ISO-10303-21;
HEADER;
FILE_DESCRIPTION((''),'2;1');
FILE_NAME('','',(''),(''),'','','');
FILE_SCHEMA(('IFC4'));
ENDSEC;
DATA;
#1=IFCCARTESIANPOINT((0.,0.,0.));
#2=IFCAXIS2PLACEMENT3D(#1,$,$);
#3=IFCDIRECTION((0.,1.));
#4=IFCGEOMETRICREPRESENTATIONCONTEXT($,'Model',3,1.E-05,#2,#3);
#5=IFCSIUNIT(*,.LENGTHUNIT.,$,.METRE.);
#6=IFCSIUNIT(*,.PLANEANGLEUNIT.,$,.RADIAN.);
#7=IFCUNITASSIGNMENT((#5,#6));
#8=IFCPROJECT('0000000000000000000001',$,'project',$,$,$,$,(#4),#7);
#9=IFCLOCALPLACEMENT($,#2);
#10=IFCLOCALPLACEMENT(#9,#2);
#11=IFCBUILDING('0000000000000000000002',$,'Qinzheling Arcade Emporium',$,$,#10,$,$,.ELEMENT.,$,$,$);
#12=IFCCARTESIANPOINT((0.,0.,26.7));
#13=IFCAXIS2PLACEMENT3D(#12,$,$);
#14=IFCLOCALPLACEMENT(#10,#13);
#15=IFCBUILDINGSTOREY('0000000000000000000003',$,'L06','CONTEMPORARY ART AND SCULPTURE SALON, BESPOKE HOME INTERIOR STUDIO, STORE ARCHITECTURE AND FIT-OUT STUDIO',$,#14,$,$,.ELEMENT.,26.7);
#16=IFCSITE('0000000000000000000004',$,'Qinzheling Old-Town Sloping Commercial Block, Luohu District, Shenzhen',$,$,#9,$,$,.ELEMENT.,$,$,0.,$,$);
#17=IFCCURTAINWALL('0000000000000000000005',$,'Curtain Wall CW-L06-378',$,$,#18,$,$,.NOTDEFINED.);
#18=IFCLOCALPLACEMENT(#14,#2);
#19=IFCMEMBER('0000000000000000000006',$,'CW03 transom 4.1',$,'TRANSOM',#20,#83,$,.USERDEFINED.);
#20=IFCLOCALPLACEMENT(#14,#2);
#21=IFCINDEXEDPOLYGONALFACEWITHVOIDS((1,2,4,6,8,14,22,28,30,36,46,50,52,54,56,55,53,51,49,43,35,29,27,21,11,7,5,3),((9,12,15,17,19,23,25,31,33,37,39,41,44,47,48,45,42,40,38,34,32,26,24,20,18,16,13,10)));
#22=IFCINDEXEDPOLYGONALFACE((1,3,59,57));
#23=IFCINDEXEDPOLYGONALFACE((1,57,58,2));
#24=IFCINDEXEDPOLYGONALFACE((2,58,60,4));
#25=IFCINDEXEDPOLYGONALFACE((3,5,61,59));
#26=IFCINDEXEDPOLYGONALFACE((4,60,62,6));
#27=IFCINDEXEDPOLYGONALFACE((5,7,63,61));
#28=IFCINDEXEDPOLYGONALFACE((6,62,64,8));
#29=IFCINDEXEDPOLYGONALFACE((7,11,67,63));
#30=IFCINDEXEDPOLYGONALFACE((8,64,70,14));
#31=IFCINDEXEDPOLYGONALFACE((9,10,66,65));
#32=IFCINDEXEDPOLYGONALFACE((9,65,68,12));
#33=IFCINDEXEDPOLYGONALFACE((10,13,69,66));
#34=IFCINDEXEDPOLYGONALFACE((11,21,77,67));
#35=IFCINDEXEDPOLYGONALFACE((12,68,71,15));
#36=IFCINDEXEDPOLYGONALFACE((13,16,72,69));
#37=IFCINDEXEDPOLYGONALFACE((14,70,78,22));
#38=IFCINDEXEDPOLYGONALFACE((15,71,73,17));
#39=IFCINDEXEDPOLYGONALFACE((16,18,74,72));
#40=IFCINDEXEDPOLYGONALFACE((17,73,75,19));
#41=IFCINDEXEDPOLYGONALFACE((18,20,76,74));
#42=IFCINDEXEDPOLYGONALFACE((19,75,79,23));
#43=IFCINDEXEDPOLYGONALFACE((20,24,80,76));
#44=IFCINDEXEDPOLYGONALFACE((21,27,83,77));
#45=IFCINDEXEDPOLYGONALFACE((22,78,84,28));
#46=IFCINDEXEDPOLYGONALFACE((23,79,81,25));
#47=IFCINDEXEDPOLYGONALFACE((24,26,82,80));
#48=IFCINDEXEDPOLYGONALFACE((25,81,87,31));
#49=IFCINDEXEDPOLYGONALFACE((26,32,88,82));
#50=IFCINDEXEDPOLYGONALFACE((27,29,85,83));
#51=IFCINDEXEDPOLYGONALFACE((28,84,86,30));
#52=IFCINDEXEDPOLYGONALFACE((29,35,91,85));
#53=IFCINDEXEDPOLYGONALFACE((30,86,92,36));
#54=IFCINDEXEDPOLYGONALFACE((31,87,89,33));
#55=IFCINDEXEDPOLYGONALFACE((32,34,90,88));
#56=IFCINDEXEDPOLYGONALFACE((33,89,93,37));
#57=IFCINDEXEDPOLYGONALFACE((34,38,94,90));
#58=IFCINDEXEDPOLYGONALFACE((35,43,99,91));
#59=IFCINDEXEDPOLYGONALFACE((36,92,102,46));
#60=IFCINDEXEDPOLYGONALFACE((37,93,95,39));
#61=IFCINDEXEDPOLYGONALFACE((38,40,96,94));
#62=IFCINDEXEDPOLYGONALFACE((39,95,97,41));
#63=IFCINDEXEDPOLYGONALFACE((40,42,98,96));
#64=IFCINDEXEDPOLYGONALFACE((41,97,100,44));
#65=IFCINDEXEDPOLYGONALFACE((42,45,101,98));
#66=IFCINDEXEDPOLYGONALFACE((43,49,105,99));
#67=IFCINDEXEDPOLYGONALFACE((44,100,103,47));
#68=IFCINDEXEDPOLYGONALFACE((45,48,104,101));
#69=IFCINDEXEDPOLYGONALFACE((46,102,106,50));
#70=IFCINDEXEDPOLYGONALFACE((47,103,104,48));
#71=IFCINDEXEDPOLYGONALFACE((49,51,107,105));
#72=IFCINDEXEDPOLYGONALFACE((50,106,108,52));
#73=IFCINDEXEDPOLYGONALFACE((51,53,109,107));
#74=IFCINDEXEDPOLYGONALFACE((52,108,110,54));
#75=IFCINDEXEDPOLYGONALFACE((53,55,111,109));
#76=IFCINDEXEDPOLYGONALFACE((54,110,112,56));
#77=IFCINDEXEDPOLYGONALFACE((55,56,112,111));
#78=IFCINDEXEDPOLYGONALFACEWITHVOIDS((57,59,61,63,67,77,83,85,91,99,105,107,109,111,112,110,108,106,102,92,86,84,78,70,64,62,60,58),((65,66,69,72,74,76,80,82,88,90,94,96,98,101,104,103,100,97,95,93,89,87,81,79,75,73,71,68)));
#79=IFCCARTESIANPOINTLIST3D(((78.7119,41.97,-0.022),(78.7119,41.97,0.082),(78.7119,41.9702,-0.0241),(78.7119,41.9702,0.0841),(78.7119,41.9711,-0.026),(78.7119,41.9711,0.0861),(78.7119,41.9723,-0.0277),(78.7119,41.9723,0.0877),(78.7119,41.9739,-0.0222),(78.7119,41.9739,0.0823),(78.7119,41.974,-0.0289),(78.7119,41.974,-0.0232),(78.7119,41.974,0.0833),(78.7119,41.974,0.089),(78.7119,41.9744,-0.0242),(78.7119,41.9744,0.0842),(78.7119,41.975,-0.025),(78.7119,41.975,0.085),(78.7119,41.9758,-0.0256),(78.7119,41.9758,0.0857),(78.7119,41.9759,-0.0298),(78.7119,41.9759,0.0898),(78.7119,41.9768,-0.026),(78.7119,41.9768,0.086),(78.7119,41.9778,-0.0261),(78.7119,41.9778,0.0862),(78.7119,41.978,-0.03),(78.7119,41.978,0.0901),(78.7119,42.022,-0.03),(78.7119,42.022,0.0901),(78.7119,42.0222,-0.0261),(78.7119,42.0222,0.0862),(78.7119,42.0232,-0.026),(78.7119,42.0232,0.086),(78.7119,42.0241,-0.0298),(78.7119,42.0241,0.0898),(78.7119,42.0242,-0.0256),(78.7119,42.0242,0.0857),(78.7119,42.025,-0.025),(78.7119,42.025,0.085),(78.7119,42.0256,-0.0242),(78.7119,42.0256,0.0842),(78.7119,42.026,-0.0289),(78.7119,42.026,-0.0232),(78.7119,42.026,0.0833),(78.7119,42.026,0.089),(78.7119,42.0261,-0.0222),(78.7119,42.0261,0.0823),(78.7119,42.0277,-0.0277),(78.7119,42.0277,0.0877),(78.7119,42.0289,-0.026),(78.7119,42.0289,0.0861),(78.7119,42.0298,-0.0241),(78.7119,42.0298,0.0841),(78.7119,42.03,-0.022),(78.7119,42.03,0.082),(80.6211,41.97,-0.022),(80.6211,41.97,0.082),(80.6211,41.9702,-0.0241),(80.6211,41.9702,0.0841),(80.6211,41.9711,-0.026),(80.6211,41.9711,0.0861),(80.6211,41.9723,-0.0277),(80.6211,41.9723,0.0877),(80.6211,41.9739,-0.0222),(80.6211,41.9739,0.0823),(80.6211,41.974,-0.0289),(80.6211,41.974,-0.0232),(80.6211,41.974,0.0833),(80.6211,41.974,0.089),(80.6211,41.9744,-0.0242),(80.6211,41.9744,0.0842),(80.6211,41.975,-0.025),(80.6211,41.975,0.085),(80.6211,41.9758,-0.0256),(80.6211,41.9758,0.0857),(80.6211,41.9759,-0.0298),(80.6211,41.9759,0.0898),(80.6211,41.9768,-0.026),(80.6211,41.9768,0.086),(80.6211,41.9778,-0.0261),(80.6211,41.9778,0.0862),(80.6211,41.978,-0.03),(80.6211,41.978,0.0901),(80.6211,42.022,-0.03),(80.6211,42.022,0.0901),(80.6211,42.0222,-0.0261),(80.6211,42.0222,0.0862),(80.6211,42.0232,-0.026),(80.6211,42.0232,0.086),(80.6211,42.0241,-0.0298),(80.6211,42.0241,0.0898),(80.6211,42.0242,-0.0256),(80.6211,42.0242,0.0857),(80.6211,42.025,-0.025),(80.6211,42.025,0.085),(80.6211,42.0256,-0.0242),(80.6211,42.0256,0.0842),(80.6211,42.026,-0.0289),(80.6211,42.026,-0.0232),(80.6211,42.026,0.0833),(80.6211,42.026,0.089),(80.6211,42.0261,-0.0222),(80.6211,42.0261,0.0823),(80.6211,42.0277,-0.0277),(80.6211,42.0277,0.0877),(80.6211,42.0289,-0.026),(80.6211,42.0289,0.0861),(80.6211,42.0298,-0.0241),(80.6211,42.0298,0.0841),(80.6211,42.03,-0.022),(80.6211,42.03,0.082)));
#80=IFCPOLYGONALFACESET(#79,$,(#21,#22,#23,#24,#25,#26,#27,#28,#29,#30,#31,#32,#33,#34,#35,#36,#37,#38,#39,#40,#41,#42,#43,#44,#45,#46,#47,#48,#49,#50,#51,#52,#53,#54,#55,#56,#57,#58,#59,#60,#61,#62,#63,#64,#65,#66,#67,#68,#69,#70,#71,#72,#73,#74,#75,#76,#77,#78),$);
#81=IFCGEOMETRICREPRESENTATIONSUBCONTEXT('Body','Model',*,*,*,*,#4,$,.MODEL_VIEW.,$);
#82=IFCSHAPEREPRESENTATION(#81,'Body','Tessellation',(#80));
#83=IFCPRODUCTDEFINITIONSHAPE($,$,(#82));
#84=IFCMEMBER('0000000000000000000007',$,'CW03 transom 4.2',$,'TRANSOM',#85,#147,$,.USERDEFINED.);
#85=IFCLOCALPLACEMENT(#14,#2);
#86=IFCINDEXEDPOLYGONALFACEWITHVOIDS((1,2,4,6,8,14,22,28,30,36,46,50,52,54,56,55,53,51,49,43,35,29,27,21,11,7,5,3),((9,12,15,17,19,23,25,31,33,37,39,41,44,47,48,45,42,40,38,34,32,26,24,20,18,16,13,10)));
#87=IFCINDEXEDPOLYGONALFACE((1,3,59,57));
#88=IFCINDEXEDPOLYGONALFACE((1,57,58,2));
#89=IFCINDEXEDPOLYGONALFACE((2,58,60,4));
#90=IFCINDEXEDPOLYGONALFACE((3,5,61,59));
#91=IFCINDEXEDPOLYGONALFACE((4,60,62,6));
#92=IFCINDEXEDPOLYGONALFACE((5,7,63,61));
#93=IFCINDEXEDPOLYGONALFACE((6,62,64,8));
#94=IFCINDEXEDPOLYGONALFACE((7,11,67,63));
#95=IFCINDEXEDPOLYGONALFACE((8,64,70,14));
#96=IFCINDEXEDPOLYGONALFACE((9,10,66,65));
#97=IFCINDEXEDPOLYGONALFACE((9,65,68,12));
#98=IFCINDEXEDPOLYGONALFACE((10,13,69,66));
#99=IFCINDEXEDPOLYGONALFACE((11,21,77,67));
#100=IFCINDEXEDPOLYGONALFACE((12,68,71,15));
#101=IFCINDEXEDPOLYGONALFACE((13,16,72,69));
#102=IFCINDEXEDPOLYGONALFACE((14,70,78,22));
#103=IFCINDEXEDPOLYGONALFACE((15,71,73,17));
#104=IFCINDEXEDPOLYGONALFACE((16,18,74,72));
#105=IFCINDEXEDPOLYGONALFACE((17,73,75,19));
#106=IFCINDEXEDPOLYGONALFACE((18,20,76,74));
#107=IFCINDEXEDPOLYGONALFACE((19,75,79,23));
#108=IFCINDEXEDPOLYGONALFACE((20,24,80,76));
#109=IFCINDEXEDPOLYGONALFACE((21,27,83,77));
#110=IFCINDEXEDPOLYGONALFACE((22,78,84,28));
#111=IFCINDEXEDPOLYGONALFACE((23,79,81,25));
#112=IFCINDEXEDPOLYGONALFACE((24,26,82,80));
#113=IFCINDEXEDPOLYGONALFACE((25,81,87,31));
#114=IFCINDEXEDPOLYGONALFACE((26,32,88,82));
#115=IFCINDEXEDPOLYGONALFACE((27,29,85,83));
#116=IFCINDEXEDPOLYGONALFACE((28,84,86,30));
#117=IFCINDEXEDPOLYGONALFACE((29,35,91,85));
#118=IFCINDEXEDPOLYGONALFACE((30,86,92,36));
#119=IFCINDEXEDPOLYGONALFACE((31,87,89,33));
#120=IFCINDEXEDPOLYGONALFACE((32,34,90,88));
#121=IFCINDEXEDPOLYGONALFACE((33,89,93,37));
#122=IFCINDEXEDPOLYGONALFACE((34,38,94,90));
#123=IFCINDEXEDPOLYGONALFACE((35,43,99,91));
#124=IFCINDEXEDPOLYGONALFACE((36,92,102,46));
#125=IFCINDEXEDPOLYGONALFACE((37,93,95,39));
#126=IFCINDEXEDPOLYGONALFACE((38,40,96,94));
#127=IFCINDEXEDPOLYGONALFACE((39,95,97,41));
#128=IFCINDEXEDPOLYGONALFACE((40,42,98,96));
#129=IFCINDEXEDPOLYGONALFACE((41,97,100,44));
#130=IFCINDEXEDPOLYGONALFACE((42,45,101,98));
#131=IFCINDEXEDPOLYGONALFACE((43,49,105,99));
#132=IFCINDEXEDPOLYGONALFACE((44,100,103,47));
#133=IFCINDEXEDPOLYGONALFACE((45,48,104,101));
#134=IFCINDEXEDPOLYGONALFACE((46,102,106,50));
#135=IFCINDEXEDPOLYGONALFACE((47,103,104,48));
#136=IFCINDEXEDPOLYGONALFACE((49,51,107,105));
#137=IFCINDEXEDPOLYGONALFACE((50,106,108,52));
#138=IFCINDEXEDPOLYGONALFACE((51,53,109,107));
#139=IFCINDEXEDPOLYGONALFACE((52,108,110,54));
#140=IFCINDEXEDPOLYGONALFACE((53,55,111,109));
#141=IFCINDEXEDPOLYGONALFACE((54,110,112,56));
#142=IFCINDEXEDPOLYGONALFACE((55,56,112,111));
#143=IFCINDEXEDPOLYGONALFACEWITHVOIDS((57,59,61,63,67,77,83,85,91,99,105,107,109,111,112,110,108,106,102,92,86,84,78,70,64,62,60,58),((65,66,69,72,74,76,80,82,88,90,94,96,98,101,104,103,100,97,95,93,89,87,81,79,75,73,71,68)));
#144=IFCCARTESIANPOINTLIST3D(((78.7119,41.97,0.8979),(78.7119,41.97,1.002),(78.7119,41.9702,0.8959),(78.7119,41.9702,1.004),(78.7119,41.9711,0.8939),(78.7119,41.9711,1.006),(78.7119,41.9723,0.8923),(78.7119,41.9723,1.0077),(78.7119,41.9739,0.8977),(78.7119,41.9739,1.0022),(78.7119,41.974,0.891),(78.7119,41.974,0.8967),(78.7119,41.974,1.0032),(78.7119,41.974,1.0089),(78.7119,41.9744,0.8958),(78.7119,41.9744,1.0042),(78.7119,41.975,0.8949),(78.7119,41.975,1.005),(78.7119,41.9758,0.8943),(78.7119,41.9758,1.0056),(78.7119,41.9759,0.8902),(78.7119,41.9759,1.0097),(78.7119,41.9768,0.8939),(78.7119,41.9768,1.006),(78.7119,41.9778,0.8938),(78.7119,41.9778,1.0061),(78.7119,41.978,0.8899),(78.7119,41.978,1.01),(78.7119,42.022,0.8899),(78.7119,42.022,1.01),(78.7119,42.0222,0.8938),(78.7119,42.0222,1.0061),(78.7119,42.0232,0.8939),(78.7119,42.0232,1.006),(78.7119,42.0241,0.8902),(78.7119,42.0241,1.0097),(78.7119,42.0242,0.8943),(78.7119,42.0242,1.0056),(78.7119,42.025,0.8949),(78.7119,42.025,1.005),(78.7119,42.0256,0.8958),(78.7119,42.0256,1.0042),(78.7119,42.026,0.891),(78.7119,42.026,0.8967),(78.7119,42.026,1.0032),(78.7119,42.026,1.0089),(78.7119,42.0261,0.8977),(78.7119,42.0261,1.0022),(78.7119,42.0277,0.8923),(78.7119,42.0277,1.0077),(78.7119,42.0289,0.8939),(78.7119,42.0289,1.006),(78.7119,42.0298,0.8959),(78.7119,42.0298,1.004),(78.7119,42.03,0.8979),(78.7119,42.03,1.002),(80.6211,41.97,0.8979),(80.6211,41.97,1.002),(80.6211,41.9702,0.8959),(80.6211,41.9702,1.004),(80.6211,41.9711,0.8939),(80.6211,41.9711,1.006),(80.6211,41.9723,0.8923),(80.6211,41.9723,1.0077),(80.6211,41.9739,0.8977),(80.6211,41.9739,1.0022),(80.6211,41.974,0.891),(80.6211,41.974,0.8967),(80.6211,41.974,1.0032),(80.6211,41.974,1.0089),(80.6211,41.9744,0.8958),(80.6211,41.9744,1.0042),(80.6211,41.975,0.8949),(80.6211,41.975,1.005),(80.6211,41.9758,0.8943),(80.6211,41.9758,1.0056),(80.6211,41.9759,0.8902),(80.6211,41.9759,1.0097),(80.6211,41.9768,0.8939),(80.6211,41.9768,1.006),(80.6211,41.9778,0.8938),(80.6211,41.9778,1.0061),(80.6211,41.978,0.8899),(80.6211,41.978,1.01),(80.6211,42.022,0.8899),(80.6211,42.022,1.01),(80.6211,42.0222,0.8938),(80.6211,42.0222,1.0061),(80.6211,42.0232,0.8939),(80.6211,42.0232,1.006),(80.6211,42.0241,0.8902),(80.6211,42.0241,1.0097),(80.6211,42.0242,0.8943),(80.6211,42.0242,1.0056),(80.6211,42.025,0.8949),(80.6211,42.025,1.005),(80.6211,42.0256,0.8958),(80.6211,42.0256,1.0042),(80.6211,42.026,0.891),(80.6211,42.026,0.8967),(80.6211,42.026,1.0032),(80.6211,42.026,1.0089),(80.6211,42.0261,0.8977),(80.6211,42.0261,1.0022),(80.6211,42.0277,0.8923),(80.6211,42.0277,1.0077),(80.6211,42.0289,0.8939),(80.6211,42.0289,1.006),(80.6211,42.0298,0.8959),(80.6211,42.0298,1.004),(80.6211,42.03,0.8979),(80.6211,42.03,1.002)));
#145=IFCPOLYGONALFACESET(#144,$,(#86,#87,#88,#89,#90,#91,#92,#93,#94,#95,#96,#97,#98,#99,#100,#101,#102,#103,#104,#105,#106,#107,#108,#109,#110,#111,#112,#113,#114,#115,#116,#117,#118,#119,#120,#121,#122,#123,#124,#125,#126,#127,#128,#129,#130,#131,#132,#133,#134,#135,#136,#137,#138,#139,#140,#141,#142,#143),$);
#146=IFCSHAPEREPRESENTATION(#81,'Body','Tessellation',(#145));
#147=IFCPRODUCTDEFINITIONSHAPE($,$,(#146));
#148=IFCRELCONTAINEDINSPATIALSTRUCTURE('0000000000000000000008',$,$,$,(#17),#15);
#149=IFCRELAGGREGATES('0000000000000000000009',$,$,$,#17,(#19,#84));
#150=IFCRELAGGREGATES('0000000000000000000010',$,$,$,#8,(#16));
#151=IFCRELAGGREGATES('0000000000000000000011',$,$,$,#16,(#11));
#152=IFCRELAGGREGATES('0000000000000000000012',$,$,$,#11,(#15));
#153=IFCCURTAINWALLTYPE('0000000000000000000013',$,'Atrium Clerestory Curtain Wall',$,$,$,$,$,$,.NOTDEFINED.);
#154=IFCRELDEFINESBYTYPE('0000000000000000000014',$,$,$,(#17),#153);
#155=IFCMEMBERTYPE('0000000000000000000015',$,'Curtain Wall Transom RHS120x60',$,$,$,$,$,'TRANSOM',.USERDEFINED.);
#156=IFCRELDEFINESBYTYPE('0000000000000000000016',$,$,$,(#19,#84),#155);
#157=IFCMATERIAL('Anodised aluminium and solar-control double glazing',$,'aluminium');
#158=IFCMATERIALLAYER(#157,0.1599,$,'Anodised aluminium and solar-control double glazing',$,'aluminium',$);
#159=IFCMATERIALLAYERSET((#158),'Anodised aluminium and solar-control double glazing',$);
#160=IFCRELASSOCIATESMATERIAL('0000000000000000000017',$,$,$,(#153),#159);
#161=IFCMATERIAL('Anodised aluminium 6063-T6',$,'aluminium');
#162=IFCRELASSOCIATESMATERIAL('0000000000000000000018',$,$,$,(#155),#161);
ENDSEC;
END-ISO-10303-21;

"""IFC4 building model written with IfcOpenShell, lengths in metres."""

from ifc_helpers import new_model, si_unit, direction, frame, origin, origin_2d, place, context, subcontext, project, spatial, hollow_rectangle, extrude, material, layer, layer_set, material_profile, profile_set, type_object, element, aggregate, save


model = new_model("IFC4")

# Units and contexts
model_context = context("Model", 3, precision=1e-05, world=origin(), true_north=direction((0.0, 1.0)))
body_context = subcontext(model_context, "Body", "Model", "MODEL_VIEW")
ifc_project = project(units=[si_unit("LENGTHUNIT", "METRE"), si_unit("PLANEANGLEUNIT", "RADIAN")], contexts=[model_context])

# Site, building, storey
site_placement = place(None, origin())
site = spatial("IfcSite", under=ifc_project, at=site_placement, Name="Qinzheling Old-Town Sloping Commercial Block, Luohu District, Shenzhen", CompositionType="ELEMENT", RefElevation=0.0)
building_placement = place(site_placement, origin())
building = spatial("IfcBuilding", under=site, at=building_placement, Name="Qinzheling Arcade Emporium", CompositionType="ELEMENT")
storey_placement = place(building_placement, frame((0.0, 0.0, 26.7)))
storey = spatial("IfcBuildingStorey", under=building, at=storey_placement, Name="L06", Description="CONTEMPORARY ART AND SCULPTURE SALON, BESPOKE HOME INTERIOR STUDIO, STORE ARCHITECTURE AND FIT-OUT STUDIO", CompositionType="ELEMENT", Elevation=26.7)

# Curtain wall
ifc_material_1 = material(Name="Anodised aluminium and solar-control double glazing", Category="aluminium")
ifc_layer_1 = layer(ifc_material_1, 0.1599, Name="Anodised aluminium and solar-control double glazing", Category="aluminium")
ifc_layer_set_1 = layer_set([ifc_layer_1], Name="Anodised aluminium and solar-control double glazing")
curtain_wall_type = type_object("IfcCurtainWallType", Name="Atrium Clerestory Curtain Wall", PredefinedType="NOTDEFINED", material=ifc_layer_set_1)
curtain_wall_1_placement = place(storey_placement, origin())
curtain_wall_1 = element("IfcCurtainWall", 1, at=curtain_wall_1_placement, inside=storey, type_object=curtain_wall_type, Name="Curtain Wall CW-L06-378", PredefinedType="NOTDEFINED")
ifc_material_2 = material(Name="Anodised aluminium 6063-T6", Category="aluminium")

# Members
ifc_material_profile_1 = material_profile(ifc_material_2, hollow_rectangle(XDim=0.0601, YDim=0.1201, WallThickness=0.0039, InnerFilletRadius=0.0039, OuterFilletRadius=0.0081, at=origin_2d()), Name="RHS 120x60x4", Category="aluminium")
ifc_profile_set_1 = profile_set([ifc_material_profile_1], Name="Anodised aluminium 6063-T6")
member_type_1 = type_object("IfcMemberType", Name="Curtain Wall Transom RHS120x60", ElementType="TRANSOM", PredefinedType="USERDEFINED", material=ifc_profile_set_1)
member_1_placement = place(storey_placement, frame((80.6211, 42.0, 0.03), z_axis=(-1.0, 0.0, 0.0), x_axis=(0.0, -1.0, 0.0)))
member_1 = element("IfcMember", 2, at=member_1_placement, type_object=member_type_1, Name="CW03 transom 4.1", ObjectType="TRANSOM", PredefinedType="USERDEFINED", context=body_context, shape_type="SweptSolid", body=[
    extrude(hollow_rectangle(XDim=0.0601, YDim=0.1201, WallThickness=0.0039, InnerFilletRadius=0.0039, OuterFilletRadius=0.0081, at=origin_2d()), origin(), (0.0, 0.0, 1.0), 1.9092),
])
member_2_placement = place(storey_placement, frame((80.6211, 42.0, 0.95), z_axis=(-1.0, 0.0, 0.0), x_axis=(0.0, -1.0, 0.0)))
member_2 = element("IfcMember", 3, at=member_2_placement, type_object=member_type_1, Name="CW03 transom 4.2", ObjectType="TRANSOM", PredefinedType="USERDEFINED", context=body_context, shape_type="SweptSolid", body=[
    extrude(hollow_rectangle(XDim=0.0601, YDim=0.1201, WallThickness=0.0039, InnerFilletRadius=0.0039, OuterFilletRadius=0.0081, at=origin_2d()), origin(), (0.0, 0.0, 1.0), 1.9092),
])

aggregate(curtain_wall_1, [member_1, member_2])

save(model, "model.ifc")
